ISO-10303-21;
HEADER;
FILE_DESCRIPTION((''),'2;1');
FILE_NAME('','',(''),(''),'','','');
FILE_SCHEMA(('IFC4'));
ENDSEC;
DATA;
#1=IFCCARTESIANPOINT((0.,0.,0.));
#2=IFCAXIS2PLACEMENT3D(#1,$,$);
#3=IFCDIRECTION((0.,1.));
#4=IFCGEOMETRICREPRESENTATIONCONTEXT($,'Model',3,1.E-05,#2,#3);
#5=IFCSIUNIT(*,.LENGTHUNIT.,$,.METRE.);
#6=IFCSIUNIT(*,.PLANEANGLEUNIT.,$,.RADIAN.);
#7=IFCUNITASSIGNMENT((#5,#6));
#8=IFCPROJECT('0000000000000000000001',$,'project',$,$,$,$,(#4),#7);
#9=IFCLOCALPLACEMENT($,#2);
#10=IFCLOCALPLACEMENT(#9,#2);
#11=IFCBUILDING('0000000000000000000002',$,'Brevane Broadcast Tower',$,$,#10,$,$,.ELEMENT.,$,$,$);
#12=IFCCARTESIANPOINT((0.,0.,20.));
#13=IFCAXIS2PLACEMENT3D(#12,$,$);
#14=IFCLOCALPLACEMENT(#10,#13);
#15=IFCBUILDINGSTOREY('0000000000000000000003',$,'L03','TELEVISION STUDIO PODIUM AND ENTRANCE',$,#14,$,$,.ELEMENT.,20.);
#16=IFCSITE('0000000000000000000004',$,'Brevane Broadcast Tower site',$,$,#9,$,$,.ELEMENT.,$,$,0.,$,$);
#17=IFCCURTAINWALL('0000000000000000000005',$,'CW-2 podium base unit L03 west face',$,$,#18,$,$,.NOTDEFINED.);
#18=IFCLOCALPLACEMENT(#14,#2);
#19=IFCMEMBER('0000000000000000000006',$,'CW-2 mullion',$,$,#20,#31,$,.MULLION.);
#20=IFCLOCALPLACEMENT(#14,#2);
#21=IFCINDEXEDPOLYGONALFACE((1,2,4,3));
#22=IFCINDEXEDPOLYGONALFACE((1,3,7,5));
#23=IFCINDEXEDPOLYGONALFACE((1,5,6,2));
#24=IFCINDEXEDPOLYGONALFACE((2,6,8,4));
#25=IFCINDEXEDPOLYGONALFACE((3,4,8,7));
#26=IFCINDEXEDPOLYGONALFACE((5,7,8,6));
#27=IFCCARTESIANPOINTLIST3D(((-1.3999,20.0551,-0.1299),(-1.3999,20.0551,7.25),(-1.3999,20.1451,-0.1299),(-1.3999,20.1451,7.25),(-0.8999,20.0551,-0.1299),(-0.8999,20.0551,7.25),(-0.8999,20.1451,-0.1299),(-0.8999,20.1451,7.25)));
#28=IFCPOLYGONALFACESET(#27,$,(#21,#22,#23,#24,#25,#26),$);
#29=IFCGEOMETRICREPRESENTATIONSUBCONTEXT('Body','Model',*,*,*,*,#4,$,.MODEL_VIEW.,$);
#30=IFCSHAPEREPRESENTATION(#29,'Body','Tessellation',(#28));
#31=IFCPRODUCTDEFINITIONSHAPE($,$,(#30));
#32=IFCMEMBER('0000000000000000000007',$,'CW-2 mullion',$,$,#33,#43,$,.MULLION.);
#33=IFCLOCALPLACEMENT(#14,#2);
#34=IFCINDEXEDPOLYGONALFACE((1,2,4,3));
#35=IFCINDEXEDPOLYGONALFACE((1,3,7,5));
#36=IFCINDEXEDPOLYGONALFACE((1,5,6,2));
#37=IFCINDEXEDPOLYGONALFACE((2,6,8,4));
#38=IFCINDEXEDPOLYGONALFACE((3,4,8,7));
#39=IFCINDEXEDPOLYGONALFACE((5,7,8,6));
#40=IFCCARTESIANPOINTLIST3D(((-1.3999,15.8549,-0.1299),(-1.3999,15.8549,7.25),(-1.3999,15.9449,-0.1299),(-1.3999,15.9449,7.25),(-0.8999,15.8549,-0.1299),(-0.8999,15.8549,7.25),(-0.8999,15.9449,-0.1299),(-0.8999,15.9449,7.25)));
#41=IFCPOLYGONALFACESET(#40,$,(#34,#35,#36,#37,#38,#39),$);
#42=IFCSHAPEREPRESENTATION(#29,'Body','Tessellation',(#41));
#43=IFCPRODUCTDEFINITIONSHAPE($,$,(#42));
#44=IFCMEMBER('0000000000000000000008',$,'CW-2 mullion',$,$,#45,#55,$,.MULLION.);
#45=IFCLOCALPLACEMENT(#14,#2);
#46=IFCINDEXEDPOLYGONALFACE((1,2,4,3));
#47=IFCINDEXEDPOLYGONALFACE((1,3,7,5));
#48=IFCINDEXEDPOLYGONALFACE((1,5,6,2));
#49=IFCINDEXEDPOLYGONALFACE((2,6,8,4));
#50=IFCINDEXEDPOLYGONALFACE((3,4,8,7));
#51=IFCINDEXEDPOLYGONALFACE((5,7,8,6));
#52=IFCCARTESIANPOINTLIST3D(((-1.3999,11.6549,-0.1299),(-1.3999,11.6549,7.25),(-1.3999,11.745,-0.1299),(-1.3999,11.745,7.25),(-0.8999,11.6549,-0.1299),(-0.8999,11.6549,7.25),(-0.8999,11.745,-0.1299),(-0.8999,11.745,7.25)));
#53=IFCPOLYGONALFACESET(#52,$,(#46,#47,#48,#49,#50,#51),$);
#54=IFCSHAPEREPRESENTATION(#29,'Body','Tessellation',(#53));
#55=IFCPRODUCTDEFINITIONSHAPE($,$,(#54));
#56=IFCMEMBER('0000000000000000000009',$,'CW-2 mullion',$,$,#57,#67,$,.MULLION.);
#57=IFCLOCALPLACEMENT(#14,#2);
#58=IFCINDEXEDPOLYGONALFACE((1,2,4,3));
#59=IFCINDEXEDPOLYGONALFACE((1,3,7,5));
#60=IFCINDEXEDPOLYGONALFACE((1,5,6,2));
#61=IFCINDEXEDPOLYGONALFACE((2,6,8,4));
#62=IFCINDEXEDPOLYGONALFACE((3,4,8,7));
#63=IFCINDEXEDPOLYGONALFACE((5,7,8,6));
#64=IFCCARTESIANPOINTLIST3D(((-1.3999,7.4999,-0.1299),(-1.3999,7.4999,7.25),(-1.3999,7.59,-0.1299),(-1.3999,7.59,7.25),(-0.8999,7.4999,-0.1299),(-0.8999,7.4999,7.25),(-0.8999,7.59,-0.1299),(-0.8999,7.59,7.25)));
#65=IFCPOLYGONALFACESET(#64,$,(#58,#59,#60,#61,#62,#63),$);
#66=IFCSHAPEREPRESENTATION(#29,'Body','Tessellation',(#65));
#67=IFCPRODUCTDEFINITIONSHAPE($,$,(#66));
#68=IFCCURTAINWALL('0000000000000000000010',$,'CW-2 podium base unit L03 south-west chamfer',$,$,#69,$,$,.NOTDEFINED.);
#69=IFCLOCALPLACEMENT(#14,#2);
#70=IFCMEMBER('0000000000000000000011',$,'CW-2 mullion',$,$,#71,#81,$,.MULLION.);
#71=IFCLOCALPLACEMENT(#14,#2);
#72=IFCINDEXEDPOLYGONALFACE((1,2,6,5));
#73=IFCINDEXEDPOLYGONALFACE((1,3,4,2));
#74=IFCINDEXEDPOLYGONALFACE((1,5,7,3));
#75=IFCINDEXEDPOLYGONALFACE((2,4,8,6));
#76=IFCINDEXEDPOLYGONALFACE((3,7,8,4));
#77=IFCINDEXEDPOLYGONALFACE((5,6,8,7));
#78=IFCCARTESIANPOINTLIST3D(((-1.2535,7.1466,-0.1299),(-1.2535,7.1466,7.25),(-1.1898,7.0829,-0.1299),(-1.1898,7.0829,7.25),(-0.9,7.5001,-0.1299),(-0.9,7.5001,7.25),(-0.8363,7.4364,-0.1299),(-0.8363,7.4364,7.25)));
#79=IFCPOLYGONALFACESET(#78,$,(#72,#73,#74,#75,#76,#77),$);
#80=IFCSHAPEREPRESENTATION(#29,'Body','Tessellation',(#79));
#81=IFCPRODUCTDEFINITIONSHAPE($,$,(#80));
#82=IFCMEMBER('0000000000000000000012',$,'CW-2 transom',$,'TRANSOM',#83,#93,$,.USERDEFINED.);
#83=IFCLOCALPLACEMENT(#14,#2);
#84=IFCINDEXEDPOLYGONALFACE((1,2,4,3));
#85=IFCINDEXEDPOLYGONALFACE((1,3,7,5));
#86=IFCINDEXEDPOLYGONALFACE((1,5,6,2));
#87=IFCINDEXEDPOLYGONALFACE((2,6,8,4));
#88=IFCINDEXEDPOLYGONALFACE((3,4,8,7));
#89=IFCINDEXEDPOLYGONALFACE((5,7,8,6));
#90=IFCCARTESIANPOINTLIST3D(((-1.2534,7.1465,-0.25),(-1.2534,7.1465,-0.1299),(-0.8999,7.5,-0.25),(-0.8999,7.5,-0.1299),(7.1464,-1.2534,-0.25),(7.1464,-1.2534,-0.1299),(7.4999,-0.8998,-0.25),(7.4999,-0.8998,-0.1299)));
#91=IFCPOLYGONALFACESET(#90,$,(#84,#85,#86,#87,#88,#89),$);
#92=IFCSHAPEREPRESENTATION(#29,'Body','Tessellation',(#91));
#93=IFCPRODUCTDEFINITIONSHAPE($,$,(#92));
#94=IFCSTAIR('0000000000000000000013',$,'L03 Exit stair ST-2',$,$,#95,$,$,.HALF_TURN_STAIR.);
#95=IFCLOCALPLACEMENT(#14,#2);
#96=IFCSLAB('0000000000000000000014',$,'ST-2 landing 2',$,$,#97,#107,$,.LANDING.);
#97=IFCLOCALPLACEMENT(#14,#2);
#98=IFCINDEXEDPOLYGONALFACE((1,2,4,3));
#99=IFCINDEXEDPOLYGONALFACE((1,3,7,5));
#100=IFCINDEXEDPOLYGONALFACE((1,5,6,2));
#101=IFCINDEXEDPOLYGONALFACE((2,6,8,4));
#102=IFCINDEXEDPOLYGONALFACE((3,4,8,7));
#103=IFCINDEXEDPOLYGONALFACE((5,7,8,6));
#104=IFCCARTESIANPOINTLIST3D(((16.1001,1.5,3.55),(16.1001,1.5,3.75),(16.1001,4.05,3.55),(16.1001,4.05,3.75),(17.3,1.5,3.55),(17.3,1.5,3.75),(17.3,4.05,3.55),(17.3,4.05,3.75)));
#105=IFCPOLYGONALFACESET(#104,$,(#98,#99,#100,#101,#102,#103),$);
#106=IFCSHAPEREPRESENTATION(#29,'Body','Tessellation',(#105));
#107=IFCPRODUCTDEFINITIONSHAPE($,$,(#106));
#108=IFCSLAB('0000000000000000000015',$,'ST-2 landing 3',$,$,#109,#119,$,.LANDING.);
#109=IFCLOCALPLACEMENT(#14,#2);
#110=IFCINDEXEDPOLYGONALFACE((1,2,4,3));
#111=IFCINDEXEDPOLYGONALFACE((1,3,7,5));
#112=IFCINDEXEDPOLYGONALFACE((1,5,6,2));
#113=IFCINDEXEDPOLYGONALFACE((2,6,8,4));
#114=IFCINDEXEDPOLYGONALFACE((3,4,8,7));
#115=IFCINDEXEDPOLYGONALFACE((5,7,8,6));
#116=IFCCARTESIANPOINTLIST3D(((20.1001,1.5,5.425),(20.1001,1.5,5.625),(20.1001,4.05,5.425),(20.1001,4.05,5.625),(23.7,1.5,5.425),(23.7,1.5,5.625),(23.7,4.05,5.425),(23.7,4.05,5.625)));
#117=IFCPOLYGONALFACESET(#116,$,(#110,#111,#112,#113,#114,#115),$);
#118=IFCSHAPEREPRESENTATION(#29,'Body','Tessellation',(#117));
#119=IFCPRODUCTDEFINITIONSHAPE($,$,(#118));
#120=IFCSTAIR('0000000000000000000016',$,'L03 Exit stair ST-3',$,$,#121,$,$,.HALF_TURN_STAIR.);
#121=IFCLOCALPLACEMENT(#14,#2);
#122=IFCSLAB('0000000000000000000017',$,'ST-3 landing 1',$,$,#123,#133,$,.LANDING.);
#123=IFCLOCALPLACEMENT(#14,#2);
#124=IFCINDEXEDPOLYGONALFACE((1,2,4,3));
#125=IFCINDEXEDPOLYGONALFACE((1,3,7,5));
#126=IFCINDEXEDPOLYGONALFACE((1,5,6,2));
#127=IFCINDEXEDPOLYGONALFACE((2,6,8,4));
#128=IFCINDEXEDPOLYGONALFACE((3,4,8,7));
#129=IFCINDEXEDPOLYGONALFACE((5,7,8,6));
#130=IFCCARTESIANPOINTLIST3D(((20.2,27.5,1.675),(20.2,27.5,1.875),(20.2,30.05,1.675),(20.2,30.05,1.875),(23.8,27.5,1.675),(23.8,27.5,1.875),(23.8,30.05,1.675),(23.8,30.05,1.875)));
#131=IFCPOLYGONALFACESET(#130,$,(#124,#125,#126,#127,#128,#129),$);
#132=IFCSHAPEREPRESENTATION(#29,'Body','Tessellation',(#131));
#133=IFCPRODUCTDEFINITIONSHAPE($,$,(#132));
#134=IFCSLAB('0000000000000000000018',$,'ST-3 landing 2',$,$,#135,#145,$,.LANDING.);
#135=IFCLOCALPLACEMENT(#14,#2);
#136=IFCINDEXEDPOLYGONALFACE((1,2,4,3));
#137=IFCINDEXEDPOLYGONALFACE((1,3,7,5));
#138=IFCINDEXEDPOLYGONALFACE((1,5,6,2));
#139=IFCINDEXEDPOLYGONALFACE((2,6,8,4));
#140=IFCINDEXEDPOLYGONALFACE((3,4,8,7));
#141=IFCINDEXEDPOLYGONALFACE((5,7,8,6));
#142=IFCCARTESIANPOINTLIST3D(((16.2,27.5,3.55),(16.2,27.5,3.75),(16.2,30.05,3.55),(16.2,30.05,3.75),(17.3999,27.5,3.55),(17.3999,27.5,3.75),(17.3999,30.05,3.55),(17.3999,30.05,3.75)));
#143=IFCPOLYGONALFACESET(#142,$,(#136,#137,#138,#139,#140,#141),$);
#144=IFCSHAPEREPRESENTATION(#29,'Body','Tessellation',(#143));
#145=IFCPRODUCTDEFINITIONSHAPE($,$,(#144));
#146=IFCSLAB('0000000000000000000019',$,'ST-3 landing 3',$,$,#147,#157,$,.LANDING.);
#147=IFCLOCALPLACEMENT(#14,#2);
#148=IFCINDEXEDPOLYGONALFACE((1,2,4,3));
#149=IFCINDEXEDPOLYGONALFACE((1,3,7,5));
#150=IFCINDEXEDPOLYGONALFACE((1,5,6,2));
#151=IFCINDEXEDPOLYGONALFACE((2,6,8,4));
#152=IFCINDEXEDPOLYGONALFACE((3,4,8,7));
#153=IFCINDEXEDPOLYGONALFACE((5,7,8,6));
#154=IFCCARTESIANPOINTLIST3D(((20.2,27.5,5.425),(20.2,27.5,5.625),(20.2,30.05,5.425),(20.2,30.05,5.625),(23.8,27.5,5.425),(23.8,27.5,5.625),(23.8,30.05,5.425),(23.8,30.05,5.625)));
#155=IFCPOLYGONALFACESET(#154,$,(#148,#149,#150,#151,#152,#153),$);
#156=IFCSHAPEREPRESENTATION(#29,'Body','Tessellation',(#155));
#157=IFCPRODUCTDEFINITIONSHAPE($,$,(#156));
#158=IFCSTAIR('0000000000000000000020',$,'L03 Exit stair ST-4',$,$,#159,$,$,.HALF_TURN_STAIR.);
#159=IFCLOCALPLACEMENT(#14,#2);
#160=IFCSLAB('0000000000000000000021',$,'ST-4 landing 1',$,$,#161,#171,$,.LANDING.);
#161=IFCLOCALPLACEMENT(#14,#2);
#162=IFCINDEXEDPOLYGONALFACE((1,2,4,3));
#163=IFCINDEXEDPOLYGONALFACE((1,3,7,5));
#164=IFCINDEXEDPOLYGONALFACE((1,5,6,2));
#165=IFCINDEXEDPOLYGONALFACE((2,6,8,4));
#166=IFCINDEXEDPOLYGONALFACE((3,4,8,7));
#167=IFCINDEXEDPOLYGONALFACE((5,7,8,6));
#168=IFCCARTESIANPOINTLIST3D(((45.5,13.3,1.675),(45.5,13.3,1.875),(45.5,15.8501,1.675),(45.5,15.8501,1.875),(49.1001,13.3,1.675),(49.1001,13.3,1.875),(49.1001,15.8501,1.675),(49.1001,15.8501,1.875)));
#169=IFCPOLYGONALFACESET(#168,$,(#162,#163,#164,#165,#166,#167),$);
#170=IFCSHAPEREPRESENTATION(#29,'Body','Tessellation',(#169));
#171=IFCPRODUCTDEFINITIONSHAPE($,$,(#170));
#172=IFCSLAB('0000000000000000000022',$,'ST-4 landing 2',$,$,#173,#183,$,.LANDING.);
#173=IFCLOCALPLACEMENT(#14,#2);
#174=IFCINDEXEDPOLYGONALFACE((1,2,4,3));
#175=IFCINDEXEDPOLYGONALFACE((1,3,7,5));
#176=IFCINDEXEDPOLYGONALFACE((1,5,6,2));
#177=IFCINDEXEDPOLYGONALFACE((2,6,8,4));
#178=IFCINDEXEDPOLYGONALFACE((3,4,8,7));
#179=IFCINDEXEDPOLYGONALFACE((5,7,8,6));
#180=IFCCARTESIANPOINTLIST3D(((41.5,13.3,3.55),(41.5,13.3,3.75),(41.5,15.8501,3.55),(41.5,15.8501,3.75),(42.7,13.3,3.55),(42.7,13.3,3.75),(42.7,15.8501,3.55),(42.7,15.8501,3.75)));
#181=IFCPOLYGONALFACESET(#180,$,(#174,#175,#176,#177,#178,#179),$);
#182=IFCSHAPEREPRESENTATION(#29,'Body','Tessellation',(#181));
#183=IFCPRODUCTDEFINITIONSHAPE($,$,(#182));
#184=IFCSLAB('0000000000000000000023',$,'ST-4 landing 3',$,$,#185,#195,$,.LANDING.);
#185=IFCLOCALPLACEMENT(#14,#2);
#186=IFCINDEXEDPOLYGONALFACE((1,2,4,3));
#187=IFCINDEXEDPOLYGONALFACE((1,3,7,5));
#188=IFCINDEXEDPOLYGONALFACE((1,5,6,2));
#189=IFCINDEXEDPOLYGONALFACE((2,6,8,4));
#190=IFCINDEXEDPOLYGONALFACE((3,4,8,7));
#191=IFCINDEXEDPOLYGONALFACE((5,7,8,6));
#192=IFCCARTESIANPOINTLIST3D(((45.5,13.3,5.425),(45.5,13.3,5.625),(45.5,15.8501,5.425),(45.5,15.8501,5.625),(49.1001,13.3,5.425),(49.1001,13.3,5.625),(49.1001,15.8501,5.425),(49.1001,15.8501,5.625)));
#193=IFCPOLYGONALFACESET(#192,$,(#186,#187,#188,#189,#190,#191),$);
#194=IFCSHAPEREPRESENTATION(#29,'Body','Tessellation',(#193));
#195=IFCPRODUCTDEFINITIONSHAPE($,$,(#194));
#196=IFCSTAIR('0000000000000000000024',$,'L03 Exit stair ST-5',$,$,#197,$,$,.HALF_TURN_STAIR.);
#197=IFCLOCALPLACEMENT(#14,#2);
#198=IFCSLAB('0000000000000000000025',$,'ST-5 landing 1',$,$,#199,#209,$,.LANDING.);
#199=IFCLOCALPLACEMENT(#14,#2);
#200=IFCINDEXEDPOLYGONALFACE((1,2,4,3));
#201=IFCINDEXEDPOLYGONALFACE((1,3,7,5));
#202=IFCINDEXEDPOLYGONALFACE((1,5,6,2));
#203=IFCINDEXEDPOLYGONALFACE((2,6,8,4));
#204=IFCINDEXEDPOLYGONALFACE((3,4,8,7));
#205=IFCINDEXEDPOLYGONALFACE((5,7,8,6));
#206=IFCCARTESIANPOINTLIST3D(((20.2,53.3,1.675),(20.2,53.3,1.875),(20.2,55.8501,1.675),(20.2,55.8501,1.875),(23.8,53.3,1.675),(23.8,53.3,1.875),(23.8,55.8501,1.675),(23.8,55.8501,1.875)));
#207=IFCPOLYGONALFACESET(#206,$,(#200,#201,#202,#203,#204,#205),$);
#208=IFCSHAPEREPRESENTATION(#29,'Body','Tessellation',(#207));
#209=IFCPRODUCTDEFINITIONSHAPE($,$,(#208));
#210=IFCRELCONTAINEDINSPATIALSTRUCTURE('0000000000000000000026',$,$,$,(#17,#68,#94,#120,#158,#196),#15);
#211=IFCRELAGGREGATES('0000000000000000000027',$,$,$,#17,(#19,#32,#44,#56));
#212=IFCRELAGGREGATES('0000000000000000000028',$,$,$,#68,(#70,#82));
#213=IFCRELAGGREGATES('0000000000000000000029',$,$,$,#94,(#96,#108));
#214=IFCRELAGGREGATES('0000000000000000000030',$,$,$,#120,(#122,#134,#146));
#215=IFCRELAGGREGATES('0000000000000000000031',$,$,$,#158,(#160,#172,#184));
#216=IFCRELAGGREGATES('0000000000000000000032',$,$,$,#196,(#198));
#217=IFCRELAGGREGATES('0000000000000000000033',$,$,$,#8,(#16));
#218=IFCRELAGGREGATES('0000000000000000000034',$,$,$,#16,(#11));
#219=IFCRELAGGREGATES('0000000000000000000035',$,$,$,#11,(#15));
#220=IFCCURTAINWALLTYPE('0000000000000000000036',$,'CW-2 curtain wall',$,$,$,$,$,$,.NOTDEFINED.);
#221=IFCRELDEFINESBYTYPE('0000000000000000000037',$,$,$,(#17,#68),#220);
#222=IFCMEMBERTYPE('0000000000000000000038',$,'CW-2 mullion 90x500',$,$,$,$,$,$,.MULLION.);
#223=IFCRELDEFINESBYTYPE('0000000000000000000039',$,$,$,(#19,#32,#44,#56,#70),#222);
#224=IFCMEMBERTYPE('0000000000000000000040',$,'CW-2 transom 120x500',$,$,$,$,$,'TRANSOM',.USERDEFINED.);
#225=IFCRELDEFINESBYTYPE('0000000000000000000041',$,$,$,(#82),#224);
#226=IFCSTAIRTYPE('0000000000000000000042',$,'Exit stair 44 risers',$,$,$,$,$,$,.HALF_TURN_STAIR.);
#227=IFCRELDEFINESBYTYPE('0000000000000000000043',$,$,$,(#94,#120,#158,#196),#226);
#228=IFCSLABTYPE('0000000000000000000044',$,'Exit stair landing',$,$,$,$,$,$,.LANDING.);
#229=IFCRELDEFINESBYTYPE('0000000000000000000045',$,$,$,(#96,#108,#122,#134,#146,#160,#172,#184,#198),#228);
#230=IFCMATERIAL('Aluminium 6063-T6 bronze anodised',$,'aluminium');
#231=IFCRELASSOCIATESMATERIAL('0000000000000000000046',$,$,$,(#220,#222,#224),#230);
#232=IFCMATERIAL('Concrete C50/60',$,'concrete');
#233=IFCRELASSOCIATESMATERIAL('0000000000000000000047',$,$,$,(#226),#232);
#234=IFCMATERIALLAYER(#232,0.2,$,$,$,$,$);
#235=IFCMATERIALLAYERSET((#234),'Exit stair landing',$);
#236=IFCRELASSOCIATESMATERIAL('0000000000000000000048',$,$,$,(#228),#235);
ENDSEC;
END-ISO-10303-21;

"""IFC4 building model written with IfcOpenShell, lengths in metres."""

from ifc_helpers import new_model, si_unit, direction, frame, origin, origin_2d, place, context, subcontext, project, spatial, polyline, rectangle, outline, extrude, material, layer, layer_set, material_profile, profile_set, type_object, element, aggregate, save


model = new_model("IFC4")

# Units and contexts
model_context = context("Model", 3, precision=1e-05, world=origin(), true_north=direction((0.0, 1.0)))
body_context = subcontext(model_context, "Body", "Model", "MODEL_VIEW")
ifc_project = project(units=[si_unit("LENGTHUNIT", "METRE"), si_unit("PLANEANGLEUNIT", "RADIAN")], contexts=[model_context])

# Site, building, storey
site_placement = place(None, origin())
site = spatial("IfcSite", under=ifc_project, at=site_placement, Name="Brevane Broadcast Tower site", CompositionType="ELEMENT", RefElevation=0.0)
building_placement = place(site_placement, origin())
building = spatial("IfcBuilding", under=site, at=building_placement, Name="Brevane Broadcast Tower", CompositionType="ELEMENT")
storey_placement = place(building_placement, frame((0.0, 0.0, 20.0)))
storey = spatial("IfcBuildingStorey", under=building, at=storey_placement, Name="L03", Description="TELEVISION STUDIO PODIUM AND ENTRANCE", CompositionType="ELEMENT", Elevation=20.0)

# Curtain walls, members
ifc_material_1 = material(Name="Aluminium 6063-T6 bronze anodised", Category="aluminium")
curtain_wall_type = type_object("IfcCurtainWallType", Name="CW-2 curtain wall", PredefinedType="NOTDEFINED", material=ifc_material_1)
curtain_wall_1_placement = place(storey_placement, origin())
curtain_wall_1 = element("IfcCurtainWall", 1, at=curtain_wall_1_placement, inside=storey, type_object=curtain_wall_type, Name="CW-2 podium base unit L03 west face", PredefinedType="NOTDEFINED")
ifc_material_profile_1 = material_profile(ifc_material_1, rectangle(XDim=0.5, YDim=0.0901, at=origin_2d()), Name="RECT 90x500")
ifc_profile_set_1 = profile_set([ifc_material_profile_1], Name="Aluminium 6063-T6 bronze anodised")
member_type_1 = type_object("IfcMemberType", Name="CW-2 mullion 90x500", PredefinedType="MULLION", material=ifc_profile_set_1)
member_1_placement = place(storey_placement, frame((-1.1499, 20.1001, -0.1299), z_axis=(0.0, 0.0, 1.0), x_axis=(1.0, 0.0, 0.0)))
member_1 = element("IfcMember", 2, at=member_1_placement, type_object=member_type_1, Name="CW-2 mullion", PredefinedType="MULLION", context=body_context, shape_type="SweptSolid", body=[
    extrude(rectangle(XDim=0.5, YDim=0.0901, at=origin_2d()), origin(), (0.0, 0.0, 1.0), 7.3799),
])
member_2_placement = place(storey_placement, frame((-1.1499, 15.8999, -0.1299), z_axis=(0.0, 0.0, 1.0), x_axis=(1.0, 0.0, 0.0)))
member_2 = element("IfcMember", 3, at=member_2_placement, type_object=member_type_1, Name="CW-2 mullion", PredefinedType="MULLION", context=body_context, shape_type="SweptSolid", body=[
    extrude(rectangle(XDim=0.5, YDim=0.0901, at=origin_2d()), origin(), (0.0, 0.0, 1.0), 7.3799),
])
member_3_placement = place(storey_placement, frame((-1.1499, 11.7, -0.1299), z_axis=(0.0, 0.0, 1.0), x_axis=(1.0, 0.0, 0.0)))
member_3 = element("IfcMember", 4, at=member_3_placement, type_object=member_type_1, Name="CW-2 mullion", PredefinedType="MULLION", context=body_context, shape_type="SweptSolid", body=[
    extrude(rectangle(XDim=0.5, YDim=0.0901, at=origin_2d()), origin(), (0.0, 0.0, 1.0), 7.3799),
])
member_4_placement = place(storey_placement, frame((-1.1499, 7.5449, -0.1299), z_axis=(0.0, 0.0, 1.0), x_axis=(1.0, 0.0, 0.0)))
member_4 = element("IfcMember", 5, at=member_4_placement, type_object=member_type_1, Name="CW-2 mullion", PredefinedType="MULLION", context=body_context, shape_type="SweptSolid", body=[
    extrude(rectangle(XDim=0.5, YDim=0.0901, at=origin_2d()), origin(), (0.0, 0.0, 1.0), 7.3799),
])
aggregate(curtain_wall_1, [member_1, member_2, member_3, member_4])
curtain_wall_2_placement = place(storey_placement, origin())
curtain_wall_2 = element("IfcCurtainWall", 6, at=curtain_wall_2_placement, inside=storey, type_object=curtain_wall_type, Name="CW-2 podium base unit L03 south-west chamfer", PredefinedType="NOTDEFINED")
member_5_placement = place(storey_placement, frame((-1.0449, 7.2915, -0.1299), z_axis=(0.0, 0.0, 1.0), x_axis=(0.707107, 0.707107, 0.0)))
member_5 = element("IfcMember", 7, at=member_5_placement, type_object=member_type_1, Name="CW-2 mullion", PredefinedType="MULLION", context=body_context, shape_type="SweptSolid", body=[
    extrude(rectangle(XDim=0.5, YDim=0.0901, at=origin_2d()), origin(), (0.0, 0.0, 1.0), 7.3799),
])
ifc_material_profile_2 = material_profile(ifc_material_1, rectangle(XDim=0.5, YDim=0.1201, at=origin_2d()), Name="RECT 120x500")
ifc_profile_set_2 = profile_set([ifc_material_profile_2], Name="Aluminium 6063-T6 bronze anodised")
member_type_2 = type_object("IfcMemberType", Name="CW-2 transom 120x500", ElementType="TRANSOM", PredefinedType="USERDEFINED", material=ifc_profile_set_2)
member_6_placement = place(storey_placement, frame((-1.0767, 7.3232, -0.1899), z_axis=(0.707107, -0.707107, 0.0), x_axis=(0.707107, 0.707107, 0.0)))
member_6 = element("IfcMember", 8, at=member_6_placement, type_object=member_type_2, Name="CW-2 transom", ObjectType="TRANSOM", PredefinedType="USERDEFINED", context=body_context, shape_type="SweptSolid", body=[
    extrude(rectangle(XDim=0.5, YDim=0.1201, at=origin_2d()), origin(), (0.0, 0.0, 1.0), 11.8792),
])
aggregate(curtain_wall_2, [member_5, member_6])

# Stairs, slabs
ifc_material_2 = material(Name="Concrete C50/60", Category="concrete")
stair_type = type_object("IfcStairType", Name="Exit stair 44 risers", PredefinedType="HALF_TURN_STAIR", material=ifc_material_2)
stair_1_placement = place(storey_placement, origin())
stair_1 = element("IfcStair", 9, at=stair_1_placement, inside=storey, type_object=stair_type, Name="L03 Exit stair ST-2", PredefinedType="HALF_TURN_STAIR")
ifc_layer_1 = layer(ifc_material_2, 0.2)
ifc_layer_set_1 = layer_set([ifc_layer_1], Name="Exit stair landing")
slab_type = type_object("IfcSlabType", Name="Exit stair landing", PredefinedType="LANDING", material=ifc_layer_set_1)
slab_1_placement = place(storey_placement, frame((0.0, 0.0, 3.55)))
slab_1 = element("IfcSlab", 10, at=slab_1_placement, type_object=slab_type, Name="ST-2 landing 2", PredefinedType="LANDING", context=body_context, shape_type="SweptSolid", body=[
    extrude(outline(polyline([(16.1001, 1.5), (17.3, 1.5), (17.3, 4.05), (16.1001, 4.05), (16.1001, 1.5)])), origin(), (0.0, 0.0, 1.0), 0.2),
])
slab_2_placement = place(storey_placement, frame((0.0, 0.0, 5.425)))
slab_2 = element("IfcSlab", 11, at=slab_2_placement, type_object=slab_type, Name="ST-2 landing 3", PredefinedType="LANDING", context=body_context, shape_type="SweptSolid", body=[
    extrude(outline(polyline([(20.1001, 1.5), (23.7, 1.5), (23.7, 4.05), (20.1001, 4.05), (20.1001, 1.5)])), origin(), (0.0, 0.0, 1.0), 0.2),
])
aggregate(stair_1, [slab_1, slab_2])
stair_2_placement = place(storey_placement, origin())
stair_2 = element("IfcStair", 12, at=stair_2_placement, inside=storey, type_object=stair_type, Name="L03 Exit stair ST-3", PredefinedType="HALF_TURN_STAIR")
slab_3_placement = place(storey_placement, frame((0.0, 0.0, 1.675)))
slab_3 = element("IfcSlab", 13, at=slab_3_placement, type_object=slab_type, Name="ST-3 landing 1", PredefinedType="LANDING", context=body_context, shape_type="SweptSolid", body=[
    extrude(outline(polyline([(20.2, 27.5), (23.8, 27.5), (23.8, 30.05), (20.2, 30.05), (20.2, 27.5)])), origin(), (0.0, 0.0, 1.0), 0.2),
])
slab_4_placement = place(storey_placement, frame((0.0, 0.0, 3.55)))
slab_4 = element("IfcSlab", 14, at=slab_4_placement, type_object=slab_type, Name="ST-3 landing 2", PredefinedType="LANDING", context=body_context, shape_type="SweptSolid", body=[
    extrude(outline(polyline([(16.2, 27.5), (17.3999, 27.5), (17.3999, 30.05), (16.2, 30.05), (16.2, 27.5)])), origin(), (0.0, 0.0, 1.0), 0.2),
])
slab_5_placement = place(storey_placement, frame((0.0, 0.0, 5.425)))
slab_5 = element("IfcSlab", 15, at=slab_5_placement, type_object=slab_type, Name="ST-3 landing 3", PredefinedType="LANDING", context=body_context, shape_type="SweptSolid", body=[
    extrude(outline(polyline([(20.2, 27.5), (23.8, 27.5), (23.8, 30.05), (20.2, 30.05), (20.2, 27.5)])), origin(), (0.0, 0.0, 1.0), 0.2),
])
aggregate(stair_2, [slab_3, slab_4, slab_5])
stair_3_placement = place(storey_placement, origin())
stair_3 = element("IfcStair", 16, at=stair_3_placement, inside=storey, type_object=stair_type, Name="L03 Exit stair ST-4", PredefinedType="HALF_TURN_STAIR")
slab_6_placement = place(storey_placement, frame((0.0, 0.0, 1.675)))
slab_6 = element("IfcSlab", 17, at=slab_6_placement, type_object=slab_type, Name="ST-4 landing 1", PredefinedType="LANDING", context=body_context, shape_type="SweptSolid", body=[
    extrude(outline(polyline([(45.5, 13.3), (49.1001, 13.3), (49.1001, 15.8501), (45.5, 15.8501), (45.5, 13.3)])), origin(), (0.0, 0.0, 1.0), 0.2),
])
slab_7_placement = place(storey_placement, frame((0.0, 0.0, 3.55)))
slab_7 = element("IfcSlab", 18, at=slab_7_placement, type_object=slab_type, Name="ST-4 landing 2", PredefinedType="LANDING", context=body_context, shape_type="SweptSolid", body=[
    extrude(outline(polyline([(41.5, 13.3), (42.7, 13.3), (42.7, 15.8501), (41.5, 15.8501), (41.5, 13.3)])), origin(), (0.0, 0.0, 1.0), 0.2),
])
slab_8_placement = place(storey_placement, frame((0.0, 0.0, 5.425)))
slab_8 = element("IfcSlab", 19, at=slab_8_placement, type_object=slab_type, Name="ST-4 landing 3", PredefinedType="LANDING", context=body_context, shape_type="SweptSolid", body=[
    extrude(outline(polyline([(45.5, 13.3), (49.1001, 13.3), (49.1001, 15.8501), (45.5, 15.8501), (45.5, 13.3)])), origin(), (0.0, 0.0, 1.0), 0.2),
])
aggregate(stair_3, [slab_6, slab_7, slab_8])
stair_4_placement = place(storey_placement, origin())
stair_4 = element("IfcStair", 20, at=stair_4_placement, inside=storey, type_object=stair_type, Name="L03 Exit stair ST-5", PredefinedType="HALF_TURN_STAIR")
slab_9_placement = place(storey_placement, frame((0.0, 0.0, 1.675)))
slab_9 = element("IfcSlab", 21, at=slab_9_placement, type_object=slab_type, Name="ST-5 landing 1", PredefinedType="LANDING", context=body_context, shape_type="SweptSolid", body=[
    extrude(outline(polyline([(20.2, 53.3), (23.8, 53.3), (23.8, 55.8501), (20.2, 55.8501), (20.2, 53.3)])), origin(), (0.0, 0.0, 1.0), 0.2),
])
aggregate(stair_4, [slab_9])

save(model, "model.ifc")
